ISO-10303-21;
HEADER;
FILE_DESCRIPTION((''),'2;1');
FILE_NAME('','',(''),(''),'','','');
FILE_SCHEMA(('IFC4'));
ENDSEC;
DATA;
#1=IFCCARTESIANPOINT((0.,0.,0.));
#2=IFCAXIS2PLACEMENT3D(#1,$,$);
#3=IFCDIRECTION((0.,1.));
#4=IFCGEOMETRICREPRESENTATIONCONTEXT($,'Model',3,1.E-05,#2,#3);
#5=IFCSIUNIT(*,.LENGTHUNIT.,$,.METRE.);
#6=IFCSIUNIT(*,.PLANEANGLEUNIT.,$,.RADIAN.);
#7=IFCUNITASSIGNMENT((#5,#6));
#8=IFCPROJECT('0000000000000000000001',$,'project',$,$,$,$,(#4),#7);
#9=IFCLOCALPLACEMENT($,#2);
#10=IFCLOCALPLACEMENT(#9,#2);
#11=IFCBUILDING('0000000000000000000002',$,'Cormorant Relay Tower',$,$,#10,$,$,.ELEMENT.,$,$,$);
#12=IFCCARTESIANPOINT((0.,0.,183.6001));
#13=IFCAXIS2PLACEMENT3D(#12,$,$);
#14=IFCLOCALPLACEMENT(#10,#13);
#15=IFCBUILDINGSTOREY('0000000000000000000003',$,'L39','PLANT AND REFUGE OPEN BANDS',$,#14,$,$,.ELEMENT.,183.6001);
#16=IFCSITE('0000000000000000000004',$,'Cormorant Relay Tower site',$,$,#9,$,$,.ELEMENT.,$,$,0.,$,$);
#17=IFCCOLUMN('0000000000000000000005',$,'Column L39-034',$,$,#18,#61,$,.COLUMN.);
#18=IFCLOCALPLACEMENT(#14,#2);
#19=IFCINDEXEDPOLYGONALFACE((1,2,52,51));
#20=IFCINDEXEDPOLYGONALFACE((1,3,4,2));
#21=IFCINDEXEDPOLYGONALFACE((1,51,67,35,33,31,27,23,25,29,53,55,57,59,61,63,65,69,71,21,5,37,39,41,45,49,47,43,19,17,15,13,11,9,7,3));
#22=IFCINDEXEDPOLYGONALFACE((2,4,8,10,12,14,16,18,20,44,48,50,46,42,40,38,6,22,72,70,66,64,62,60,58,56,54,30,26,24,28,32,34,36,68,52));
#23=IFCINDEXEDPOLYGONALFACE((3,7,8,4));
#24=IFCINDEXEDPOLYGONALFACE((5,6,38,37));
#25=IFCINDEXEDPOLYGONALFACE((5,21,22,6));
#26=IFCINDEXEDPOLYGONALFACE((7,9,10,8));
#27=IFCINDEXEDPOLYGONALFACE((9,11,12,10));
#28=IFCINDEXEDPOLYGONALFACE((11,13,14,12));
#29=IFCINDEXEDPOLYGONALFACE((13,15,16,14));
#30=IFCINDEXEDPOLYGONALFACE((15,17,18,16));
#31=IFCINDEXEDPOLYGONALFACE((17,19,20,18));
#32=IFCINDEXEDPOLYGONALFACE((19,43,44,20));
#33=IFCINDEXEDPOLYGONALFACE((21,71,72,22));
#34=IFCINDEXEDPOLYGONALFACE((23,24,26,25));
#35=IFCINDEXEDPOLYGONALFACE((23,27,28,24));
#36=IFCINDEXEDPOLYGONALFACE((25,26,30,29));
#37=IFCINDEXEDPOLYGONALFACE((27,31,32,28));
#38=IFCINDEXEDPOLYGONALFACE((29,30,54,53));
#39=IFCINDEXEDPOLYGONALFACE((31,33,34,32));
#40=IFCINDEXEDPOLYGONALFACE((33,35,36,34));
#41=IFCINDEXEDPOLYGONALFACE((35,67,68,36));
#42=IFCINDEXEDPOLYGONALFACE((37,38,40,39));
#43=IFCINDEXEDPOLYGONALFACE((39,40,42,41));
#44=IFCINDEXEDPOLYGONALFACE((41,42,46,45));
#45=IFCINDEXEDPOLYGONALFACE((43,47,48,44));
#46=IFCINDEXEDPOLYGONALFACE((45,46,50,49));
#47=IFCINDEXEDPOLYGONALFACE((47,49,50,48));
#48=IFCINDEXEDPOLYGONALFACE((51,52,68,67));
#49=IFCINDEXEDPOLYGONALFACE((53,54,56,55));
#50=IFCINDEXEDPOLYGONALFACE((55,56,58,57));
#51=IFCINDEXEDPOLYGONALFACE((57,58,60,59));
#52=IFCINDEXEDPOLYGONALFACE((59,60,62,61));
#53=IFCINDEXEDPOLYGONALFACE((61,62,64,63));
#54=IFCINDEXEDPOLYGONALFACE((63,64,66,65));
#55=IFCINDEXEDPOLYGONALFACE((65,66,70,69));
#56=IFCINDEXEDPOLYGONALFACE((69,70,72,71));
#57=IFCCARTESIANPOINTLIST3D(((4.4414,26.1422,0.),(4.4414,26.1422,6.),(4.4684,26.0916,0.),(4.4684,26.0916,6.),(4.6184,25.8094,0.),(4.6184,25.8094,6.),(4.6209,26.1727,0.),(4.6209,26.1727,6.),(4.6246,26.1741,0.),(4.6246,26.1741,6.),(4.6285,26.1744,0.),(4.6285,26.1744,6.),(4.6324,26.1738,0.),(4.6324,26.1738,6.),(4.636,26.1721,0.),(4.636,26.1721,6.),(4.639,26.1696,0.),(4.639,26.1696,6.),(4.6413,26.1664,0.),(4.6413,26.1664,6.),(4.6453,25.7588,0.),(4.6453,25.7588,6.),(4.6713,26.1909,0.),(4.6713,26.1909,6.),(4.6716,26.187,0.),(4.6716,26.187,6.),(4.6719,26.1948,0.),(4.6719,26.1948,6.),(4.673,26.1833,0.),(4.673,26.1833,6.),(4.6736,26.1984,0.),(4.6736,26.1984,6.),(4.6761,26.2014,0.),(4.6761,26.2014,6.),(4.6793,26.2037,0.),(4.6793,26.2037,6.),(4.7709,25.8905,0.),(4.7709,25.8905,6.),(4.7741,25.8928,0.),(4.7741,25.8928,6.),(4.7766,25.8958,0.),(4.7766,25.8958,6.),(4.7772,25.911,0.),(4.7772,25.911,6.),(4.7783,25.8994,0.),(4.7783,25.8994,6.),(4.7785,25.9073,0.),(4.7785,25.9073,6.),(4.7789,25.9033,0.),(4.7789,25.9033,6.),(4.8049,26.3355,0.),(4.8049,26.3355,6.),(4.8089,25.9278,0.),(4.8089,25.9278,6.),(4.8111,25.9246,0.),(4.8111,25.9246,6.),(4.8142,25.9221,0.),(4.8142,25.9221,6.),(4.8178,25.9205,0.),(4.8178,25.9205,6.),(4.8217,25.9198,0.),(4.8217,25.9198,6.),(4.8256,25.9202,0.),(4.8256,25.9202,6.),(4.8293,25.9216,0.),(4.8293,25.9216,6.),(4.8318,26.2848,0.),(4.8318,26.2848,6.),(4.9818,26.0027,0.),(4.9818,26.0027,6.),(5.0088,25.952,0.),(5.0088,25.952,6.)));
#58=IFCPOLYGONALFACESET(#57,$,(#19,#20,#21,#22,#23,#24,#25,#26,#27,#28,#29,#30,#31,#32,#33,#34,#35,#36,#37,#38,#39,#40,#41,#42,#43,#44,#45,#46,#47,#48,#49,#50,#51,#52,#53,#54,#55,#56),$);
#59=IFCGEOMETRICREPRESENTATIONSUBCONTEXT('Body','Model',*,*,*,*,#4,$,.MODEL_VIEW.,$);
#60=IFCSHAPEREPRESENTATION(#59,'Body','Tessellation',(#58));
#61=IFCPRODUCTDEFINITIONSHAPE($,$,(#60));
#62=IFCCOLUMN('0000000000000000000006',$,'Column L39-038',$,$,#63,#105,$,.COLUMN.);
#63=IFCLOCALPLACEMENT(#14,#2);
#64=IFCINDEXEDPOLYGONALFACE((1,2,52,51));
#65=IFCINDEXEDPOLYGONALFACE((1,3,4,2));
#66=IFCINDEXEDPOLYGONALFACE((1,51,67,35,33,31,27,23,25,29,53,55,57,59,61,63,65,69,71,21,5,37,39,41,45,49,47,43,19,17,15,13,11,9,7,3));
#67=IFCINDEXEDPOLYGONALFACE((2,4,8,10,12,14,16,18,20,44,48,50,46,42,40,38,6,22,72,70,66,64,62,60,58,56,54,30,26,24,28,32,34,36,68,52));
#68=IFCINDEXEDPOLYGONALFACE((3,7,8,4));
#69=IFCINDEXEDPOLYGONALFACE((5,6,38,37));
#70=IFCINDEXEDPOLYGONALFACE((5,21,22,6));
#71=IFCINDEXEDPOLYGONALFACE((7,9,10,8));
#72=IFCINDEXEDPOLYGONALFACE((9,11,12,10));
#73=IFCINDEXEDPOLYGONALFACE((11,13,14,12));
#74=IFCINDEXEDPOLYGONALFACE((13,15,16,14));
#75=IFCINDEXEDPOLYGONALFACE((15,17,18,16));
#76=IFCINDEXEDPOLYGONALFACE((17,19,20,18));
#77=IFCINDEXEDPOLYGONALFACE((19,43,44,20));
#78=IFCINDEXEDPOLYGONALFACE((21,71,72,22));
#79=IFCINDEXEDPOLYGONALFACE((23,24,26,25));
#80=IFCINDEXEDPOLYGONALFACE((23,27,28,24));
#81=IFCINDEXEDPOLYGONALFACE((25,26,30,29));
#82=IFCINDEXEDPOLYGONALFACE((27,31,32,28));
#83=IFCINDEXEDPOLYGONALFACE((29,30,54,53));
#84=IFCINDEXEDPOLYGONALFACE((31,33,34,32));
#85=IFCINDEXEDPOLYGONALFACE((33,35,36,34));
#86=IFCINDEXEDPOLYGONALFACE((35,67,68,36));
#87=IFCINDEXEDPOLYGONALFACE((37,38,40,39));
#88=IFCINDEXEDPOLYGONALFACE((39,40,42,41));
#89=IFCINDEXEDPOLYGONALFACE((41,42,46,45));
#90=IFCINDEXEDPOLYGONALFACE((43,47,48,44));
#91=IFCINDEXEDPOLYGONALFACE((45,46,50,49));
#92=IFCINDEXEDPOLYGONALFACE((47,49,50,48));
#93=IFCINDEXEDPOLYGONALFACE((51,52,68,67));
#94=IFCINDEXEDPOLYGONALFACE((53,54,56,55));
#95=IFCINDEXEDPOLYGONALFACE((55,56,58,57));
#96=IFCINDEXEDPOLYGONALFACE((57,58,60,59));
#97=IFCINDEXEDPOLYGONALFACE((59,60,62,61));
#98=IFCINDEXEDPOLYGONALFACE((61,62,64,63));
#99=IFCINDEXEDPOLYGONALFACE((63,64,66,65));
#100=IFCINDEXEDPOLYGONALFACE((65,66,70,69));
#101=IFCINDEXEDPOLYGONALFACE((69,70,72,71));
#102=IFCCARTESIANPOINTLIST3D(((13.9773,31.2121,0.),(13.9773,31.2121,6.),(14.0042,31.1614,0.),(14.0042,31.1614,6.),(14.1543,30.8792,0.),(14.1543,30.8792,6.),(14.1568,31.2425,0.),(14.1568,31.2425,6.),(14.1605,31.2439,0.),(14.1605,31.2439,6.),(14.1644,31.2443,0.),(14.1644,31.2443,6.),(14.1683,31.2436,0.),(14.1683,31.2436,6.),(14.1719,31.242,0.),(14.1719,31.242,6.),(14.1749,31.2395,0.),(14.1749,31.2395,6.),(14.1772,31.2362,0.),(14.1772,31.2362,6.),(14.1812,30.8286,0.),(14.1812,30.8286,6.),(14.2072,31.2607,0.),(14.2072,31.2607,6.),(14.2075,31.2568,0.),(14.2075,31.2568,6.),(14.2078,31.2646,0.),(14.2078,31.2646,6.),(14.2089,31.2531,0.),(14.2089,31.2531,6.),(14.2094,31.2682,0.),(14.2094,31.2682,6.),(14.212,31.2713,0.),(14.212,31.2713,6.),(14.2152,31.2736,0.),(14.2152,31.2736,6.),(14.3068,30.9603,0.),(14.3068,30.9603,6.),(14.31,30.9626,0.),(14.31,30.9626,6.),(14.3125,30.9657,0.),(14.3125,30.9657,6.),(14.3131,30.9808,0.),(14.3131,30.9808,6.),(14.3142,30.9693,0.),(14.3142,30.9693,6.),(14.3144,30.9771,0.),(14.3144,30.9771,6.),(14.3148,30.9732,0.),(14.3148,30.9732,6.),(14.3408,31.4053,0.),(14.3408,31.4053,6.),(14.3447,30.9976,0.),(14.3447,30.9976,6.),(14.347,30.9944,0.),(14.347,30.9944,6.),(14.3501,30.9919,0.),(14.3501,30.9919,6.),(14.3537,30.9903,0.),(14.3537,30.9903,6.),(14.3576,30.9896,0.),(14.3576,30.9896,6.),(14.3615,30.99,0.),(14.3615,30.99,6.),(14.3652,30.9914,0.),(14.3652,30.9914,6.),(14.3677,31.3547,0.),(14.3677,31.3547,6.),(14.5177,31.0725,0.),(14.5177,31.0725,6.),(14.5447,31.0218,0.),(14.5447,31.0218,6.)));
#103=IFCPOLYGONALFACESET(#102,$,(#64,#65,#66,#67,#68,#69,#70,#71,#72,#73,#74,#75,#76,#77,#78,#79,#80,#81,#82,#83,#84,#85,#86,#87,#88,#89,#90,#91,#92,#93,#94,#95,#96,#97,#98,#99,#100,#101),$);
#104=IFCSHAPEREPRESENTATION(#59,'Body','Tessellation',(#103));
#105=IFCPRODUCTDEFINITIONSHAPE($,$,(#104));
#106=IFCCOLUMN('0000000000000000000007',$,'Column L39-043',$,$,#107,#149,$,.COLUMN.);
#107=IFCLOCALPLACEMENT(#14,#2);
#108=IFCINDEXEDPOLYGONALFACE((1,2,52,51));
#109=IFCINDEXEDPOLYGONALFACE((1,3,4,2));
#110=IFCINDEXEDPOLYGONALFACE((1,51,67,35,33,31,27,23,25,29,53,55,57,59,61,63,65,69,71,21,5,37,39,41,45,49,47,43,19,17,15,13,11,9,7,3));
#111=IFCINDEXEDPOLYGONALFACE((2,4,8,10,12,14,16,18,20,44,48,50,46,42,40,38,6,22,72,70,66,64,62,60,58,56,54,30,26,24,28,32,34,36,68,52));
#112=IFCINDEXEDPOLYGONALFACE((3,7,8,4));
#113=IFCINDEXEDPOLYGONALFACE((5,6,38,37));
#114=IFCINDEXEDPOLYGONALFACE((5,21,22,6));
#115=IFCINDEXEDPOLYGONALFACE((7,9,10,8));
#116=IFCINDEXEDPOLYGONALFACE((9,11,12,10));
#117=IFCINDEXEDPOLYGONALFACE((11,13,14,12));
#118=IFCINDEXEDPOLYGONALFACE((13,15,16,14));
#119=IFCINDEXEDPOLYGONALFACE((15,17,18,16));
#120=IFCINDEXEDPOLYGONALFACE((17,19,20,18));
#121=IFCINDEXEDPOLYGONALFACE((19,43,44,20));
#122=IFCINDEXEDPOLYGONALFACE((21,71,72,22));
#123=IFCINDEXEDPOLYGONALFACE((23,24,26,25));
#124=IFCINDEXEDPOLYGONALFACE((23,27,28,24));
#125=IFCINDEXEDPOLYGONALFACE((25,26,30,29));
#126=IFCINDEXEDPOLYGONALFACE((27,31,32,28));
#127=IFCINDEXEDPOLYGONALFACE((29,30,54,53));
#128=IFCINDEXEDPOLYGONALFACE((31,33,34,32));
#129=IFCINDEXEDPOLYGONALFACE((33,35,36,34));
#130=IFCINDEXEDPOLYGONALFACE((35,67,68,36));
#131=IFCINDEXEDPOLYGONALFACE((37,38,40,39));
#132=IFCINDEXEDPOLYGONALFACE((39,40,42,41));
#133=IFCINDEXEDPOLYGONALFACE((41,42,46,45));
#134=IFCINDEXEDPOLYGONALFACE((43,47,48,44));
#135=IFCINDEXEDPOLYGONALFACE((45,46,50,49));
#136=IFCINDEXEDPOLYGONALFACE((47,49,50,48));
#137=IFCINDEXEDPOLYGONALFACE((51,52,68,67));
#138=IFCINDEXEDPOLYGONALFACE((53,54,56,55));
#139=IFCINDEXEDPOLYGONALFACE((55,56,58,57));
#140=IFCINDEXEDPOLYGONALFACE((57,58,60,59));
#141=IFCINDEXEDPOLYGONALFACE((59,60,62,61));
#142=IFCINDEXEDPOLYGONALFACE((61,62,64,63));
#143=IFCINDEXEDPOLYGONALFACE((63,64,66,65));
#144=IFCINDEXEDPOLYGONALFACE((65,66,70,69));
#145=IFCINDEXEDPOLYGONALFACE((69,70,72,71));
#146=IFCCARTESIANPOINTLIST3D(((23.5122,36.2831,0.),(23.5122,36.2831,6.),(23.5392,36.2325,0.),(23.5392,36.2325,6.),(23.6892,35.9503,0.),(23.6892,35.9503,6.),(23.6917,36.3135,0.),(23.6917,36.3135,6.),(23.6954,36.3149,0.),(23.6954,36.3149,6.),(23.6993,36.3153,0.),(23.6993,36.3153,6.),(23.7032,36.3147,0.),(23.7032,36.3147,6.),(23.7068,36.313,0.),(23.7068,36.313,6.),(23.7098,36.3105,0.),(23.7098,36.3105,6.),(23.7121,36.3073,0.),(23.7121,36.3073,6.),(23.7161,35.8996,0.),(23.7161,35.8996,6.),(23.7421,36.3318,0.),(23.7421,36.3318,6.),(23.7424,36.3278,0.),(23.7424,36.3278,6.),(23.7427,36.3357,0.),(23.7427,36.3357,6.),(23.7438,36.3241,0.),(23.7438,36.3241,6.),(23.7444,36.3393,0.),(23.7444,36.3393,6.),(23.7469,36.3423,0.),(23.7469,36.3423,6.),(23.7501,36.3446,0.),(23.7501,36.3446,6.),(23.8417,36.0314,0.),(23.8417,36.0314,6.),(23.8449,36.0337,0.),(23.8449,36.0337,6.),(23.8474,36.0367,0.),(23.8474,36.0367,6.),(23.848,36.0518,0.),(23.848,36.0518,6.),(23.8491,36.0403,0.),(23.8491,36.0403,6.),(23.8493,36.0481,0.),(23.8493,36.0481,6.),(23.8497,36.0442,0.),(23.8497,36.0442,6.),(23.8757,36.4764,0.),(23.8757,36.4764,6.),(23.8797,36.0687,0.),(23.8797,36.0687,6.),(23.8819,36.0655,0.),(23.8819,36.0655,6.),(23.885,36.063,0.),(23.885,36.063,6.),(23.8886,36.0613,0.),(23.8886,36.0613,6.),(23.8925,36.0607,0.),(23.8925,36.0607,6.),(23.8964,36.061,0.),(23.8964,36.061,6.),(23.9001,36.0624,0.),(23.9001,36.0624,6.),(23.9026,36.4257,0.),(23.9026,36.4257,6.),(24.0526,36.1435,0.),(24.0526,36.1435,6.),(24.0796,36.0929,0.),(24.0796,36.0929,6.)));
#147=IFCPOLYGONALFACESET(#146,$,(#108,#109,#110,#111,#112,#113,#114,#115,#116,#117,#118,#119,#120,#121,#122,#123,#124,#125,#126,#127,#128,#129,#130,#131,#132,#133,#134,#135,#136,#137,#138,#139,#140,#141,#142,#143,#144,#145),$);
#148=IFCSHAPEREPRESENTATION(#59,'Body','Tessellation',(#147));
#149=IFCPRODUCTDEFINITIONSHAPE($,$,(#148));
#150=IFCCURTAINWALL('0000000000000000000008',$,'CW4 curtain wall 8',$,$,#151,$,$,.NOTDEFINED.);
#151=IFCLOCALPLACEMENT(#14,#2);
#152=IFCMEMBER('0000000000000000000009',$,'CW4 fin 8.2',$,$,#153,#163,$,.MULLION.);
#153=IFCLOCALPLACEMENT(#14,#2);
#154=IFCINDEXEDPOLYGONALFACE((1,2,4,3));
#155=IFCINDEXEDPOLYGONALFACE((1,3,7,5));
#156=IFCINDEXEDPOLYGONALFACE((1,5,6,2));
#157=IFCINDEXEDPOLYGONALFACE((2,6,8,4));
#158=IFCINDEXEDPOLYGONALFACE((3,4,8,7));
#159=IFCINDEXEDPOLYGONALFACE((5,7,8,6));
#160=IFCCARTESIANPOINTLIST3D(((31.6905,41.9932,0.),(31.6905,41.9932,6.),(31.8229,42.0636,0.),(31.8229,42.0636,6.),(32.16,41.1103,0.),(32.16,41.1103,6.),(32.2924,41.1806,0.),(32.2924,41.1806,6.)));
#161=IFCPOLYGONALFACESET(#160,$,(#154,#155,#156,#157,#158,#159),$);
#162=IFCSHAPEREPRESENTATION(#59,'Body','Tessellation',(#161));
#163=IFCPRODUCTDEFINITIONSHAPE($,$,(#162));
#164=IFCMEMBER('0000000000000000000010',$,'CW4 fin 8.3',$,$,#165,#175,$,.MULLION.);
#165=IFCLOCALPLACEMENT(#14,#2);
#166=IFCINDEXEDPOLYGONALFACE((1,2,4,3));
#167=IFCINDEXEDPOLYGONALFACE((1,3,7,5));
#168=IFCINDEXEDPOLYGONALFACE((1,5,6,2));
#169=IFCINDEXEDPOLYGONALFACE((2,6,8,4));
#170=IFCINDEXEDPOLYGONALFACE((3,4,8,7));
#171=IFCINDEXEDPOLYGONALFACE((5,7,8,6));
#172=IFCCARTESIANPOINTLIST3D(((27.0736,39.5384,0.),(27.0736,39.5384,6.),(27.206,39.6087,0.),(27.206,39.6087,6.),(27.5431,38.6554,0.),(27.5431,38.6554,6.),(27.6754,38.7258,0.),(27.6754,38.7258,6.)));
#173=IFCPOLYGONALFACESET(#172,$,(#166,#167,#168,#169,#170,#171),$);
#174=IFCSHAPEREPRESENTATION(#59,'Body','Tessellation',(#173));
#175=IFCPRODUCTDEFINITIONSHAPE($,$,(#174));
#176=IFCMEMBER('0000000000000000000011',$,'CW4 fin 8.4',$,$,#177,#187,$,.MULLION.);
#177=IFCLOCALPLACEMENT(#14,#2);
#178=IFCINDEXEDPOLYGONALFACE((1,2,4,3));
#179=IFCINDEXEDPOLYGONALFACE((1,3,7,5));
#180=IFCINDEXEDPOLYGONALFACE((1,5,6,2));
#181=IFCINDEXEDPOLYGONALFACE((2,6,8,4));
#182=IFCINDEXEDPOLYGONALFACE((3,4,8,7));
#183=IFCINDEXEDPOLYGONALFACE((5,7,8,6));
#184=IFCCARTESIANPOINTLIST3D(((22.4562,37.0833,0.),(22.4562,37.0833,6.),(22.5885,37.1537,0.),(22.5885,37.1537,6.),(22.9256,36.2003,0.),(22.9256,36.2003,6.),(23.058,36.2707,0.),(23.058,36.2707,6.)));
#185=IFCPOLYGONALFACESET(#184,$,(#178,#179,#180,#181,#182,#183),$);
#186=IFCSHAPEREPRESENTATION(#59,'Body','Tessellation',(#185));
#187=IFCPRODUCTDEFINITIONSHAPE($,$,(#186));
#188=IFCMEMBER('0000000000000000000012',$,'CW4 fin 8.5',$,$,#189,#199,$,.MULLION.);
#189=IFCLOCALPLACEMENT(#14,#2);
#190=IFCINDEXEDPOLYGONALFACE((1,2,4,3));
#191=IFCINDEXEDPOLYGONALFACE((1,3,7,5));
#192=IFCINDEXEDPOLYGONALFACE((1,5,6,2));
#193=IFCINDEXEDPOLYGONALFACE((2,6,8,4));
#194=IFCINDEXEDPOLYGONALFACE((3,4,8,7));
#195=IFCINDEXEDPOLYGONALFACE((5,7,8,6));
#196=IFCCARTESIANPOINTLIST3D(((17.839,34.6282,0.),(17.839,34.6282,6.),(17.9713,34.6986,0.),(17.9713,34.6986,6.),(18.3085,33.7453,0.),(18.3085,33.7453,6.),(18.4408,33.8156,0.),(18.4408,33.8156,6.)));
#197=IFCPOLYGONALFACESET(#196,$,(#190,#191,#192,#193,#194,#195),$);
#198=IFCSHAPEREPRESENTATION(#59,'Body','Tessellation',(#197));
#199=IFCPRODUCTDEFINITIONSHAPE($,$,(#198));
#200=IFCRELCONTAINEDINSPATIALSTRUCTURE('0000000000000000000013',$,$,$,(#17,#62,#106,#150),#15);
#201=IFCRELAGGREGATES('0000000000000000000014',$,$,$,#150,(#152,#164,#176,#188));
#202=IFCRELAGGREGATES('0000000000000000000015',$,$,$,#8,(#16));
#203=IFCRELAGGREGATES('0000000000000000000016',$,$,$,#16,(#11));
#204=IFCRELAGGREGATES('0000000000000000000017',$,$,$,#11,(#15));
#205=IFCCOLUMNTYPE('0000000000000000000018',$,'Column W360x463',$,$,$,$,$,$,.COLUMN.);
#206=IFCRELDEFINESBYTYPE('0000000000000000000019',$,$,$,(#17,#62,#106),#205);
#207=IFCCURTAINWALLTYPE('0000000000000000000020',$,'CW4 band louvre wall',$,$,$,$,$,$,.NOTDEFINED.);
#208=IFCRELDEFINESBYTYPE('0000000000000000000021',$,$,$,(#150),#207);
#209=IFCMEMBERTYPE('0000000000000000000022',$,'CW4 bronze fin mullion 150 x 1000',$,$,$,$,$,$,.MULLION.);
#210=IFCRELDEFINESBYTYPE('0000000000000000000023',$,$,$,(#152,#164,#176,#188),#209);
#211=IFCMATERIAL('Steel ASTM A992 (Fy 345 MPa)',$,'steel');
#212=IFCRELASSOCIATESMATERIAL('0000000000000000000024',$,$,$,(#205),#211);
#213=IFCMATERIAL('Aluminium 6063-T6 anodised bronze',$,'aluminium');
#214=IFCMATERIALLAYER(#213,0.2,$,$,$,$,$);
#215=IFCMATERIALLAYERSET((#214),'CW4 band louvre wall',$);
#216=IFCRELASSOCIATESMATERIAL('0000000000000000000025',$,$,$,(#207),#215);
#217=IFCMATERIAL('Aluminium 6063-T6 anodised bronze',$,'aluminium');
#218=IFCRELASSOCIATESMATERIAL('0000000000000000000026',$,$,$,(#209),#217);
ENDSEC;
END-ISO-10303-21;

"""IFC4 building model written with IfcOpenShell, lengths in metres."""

from ifc_helpers import new_model, si_unit, direction, frame, origin, origin_2d, place, context, subcontext, project, spatial, rectangle, i_section, extrude, material, layer, layer_set, material_profile, profile_set, type_object, element, aggregate, save


model = new_model("IFC4")

# Units and contexts
model_context = context("Model", 3, precision=1e-05, world=origin(), true_north=direction((0.0, 1.0)))
body_context = subcontext(model_context, "Body", "Model", "MODEL_VIEW")
ifc_project = project(units=[si_unit("LENGTHUNIT", "METRE"), si_unit("PLANEANGLEUNIT", "RADIAN")], contexts=[model_context])

# Site, building, storey
site_placement = place(None, origin())
site = spatial("IfcSite", under=ifc_project, at=site_placement, Name="Cormorant Relay Tower site", CompositionType="ELEMENT", RefElevation=0.0)
building_placement = place(site_placement, origin())
building = spatial("IfcBuilding", under=site, at=building_placement, Name="Cormorant Relay Tower", CompositionType="ELEMENT")
storey_placement = place(building_placement, frame((0.0, 0.0, 183.6001)))
storey = spatial("IfcBuildingStorey", under=building, at=storey_placement, Name="L39", Description="PLANT AND REFUGE OPEN BANDS", CompositionType="ELEMENT", Elevation=183.6001)

# Columns
ifc_material_1 = material(Name="Steel ASTM A992 (Fy 345 MPa)", Category="steel")
ifc_material_profile_1 = material_profile(ifc_material_1, i_section(OverallWidth=0.4116, OverallDepth=0.4343, WebThickness=0.0359, FlangeThickness=0.0574, FilletRadius=0.0151, at=origin_2d()), Name="W360x463")
ifc_profile_set_1 = profile_set([ifc_material_profile_1], Name="Steel ASTM A992 (Fy 345 MPa)")
column_type = type_object("IfcColumnType", Name="Column W360x463", PredefinedType="COLUMN", material=ifc_profile_set_1)
for number, where, z_axis, x_axis, name in (
    (1, (4.7251, 26.0471, 0.0), (0.0, 0.0, 1.0), (-0.882948, -0.469472, 0.0), "Column L39-034"),
    (2, (14.261, 31.1169, 0.0), (0.0, 0.0, 1.0), (-0.882948, -0.469472, 0.0), "Column L39-038"),
    (3, (23.7959, 36.188, 0.0), (0.0, 0.0, 1.0), (-0.882948, -0.469472, 0.0), "Column L39-043"),
):
    element("IfcColumn", number, at=place(storey_placement, frame(where, z_axis=z_axis, x_axis=x_axis)), inside=storey, type_object=column_type, Name=name, PredefinedType="COLUMN", context=body_context, shape_type="SweptSolid", body=[
        extrude(i_section(OverallWidth=0.4116, OverallDepth=0.4343, WebThickness=0.0359, FlangeThickness=0.0574, FilletRadius=0.0151, at=origin_2d()), origin(), (0.0, 0.0, 1.0), 6.0),
    ])

# Curtain wall, members
ifc_material_2 = material(Name="Aluminium 6063-T6 anodised bronze", Category="aluminium")
ifc_layer_1 = layer(ifc_material_2, 0.2)
ifc_layer_set_1 = layer_set([ifc_layer_1], Name="CW4 band louvre wall")
curtain_wall_type = type_object("IfcCurtainWallType", Name="CW4 band louvre wall", PredefinedType="NOTDEFINED", material=ifc_layer_set_1)
curtain_wall_1_placement = place(storey_placement, origin())
curtain_wall_1 = element("IfcCurtainWall", 4, at=curtain_wall_1_placement, inside=storey, type_object=curtain_wall_type, Name="CW4 curtain wall 8", PredefinedType="NOTDEFINED")
ifc_material_3 = material(Name="Aluminium 6063-T6 anodised bronze", Category="aluminium")
ifc_material_profile_2 = material_profile(ifc_material_3, rectangle(XDim=0.1499, YDim=1.0, at=origin_2d()), Name="AL 150x1000")
ifc_profile_set_2 = profile_set([ifc_material_profile_2], Name="Aluminium 6063-T6 anodised bronze")
member_type_1 = type_object("IfcMemberType", Name="CW4 bronze fin mullion 150 x 1000", PredefinedType="MULLION", material=ifc_profile_set_2)
member_1_placement = place(storey_placement, frame((31.9915, 41.5869, 0.0), z_axis=(0.0, 0.0, 1.0), x_axis=(-0.882948, -0.469472, 0.0)))
member_1 = element("IfcMember", 5, at=member_1_placement, type_object=member_type_1, Name="CW4 fin 8.2", PredefinedType="MULLION", context=body_context, shape_type="SweptSolid", body=[
    extrude(rectangle(XDim=0.1499, YDim=1.0, at=origin_2d()), origin(), (0.0, 0.0, 1.0), 6.0),
])
member_2_placement = place(storey_placement, frame((27.3745, 39.1321, 0.0), z_axis=(0.0, 0.0, 1.0), x_axis=(-0.882948, -0.469472, 0.0)))
member_2 = element("IfcMember", 6, at=member_2_placement, type_object=member_type_1, Name="CW4 fin 8.3", PredefinedType="MULLION", context=body_context, shape_type="SweptSolid", body=[
    extrude(rectangle(XDim=0.1499, YDim=1.0, at=origin_2d()), origin(), (0.0, 0.0, 1.0), 6.0),
])
member_3_placement = place(storey_placement, frame((22.7571, 36.677, 0.0), z_axis=(0.0, 0.0, 1.0), x_axis=(-0.882948, -0.469472, 0.0)))
member_3 = element("IfcMember", 7, at=member_3_placement, type_object=member_type_1, Name="CW4 fin 8.4", PredefinedType="MULLION", context=body_context, shape_type="SweptSolid", body=[
    extrude(rectangle(XDim=0.1499, YDim=1.0, at=origin_2d()), origin(), (0.0, 0.0, 1.0), 6.0),
])
member_4_placement = place(storey_placement, frame((18.1399, 34.2219, 0.0), z_axis=(0.0, 0.0, 1.0), x_axis=(-0.882948, -0.469472, 0.0)))
member_4 = element("IfcMember", 8, at=member_4_placement, type_object=member_type_1, Name="CW4 fin 8.5", PredefinedType="MULLION", context=body_context, shape_type="SweptSolid", body=[
    extrude(rectangle(XDim=0.1499, YDim=1.0, at=origin_2d()), origin(), (0.0, 0.0, 1.0), 6.0),
])

aggregate(curtain_wall_1, [member_1, member_2, member_3, member_4])

save(model, "model.ifc")
